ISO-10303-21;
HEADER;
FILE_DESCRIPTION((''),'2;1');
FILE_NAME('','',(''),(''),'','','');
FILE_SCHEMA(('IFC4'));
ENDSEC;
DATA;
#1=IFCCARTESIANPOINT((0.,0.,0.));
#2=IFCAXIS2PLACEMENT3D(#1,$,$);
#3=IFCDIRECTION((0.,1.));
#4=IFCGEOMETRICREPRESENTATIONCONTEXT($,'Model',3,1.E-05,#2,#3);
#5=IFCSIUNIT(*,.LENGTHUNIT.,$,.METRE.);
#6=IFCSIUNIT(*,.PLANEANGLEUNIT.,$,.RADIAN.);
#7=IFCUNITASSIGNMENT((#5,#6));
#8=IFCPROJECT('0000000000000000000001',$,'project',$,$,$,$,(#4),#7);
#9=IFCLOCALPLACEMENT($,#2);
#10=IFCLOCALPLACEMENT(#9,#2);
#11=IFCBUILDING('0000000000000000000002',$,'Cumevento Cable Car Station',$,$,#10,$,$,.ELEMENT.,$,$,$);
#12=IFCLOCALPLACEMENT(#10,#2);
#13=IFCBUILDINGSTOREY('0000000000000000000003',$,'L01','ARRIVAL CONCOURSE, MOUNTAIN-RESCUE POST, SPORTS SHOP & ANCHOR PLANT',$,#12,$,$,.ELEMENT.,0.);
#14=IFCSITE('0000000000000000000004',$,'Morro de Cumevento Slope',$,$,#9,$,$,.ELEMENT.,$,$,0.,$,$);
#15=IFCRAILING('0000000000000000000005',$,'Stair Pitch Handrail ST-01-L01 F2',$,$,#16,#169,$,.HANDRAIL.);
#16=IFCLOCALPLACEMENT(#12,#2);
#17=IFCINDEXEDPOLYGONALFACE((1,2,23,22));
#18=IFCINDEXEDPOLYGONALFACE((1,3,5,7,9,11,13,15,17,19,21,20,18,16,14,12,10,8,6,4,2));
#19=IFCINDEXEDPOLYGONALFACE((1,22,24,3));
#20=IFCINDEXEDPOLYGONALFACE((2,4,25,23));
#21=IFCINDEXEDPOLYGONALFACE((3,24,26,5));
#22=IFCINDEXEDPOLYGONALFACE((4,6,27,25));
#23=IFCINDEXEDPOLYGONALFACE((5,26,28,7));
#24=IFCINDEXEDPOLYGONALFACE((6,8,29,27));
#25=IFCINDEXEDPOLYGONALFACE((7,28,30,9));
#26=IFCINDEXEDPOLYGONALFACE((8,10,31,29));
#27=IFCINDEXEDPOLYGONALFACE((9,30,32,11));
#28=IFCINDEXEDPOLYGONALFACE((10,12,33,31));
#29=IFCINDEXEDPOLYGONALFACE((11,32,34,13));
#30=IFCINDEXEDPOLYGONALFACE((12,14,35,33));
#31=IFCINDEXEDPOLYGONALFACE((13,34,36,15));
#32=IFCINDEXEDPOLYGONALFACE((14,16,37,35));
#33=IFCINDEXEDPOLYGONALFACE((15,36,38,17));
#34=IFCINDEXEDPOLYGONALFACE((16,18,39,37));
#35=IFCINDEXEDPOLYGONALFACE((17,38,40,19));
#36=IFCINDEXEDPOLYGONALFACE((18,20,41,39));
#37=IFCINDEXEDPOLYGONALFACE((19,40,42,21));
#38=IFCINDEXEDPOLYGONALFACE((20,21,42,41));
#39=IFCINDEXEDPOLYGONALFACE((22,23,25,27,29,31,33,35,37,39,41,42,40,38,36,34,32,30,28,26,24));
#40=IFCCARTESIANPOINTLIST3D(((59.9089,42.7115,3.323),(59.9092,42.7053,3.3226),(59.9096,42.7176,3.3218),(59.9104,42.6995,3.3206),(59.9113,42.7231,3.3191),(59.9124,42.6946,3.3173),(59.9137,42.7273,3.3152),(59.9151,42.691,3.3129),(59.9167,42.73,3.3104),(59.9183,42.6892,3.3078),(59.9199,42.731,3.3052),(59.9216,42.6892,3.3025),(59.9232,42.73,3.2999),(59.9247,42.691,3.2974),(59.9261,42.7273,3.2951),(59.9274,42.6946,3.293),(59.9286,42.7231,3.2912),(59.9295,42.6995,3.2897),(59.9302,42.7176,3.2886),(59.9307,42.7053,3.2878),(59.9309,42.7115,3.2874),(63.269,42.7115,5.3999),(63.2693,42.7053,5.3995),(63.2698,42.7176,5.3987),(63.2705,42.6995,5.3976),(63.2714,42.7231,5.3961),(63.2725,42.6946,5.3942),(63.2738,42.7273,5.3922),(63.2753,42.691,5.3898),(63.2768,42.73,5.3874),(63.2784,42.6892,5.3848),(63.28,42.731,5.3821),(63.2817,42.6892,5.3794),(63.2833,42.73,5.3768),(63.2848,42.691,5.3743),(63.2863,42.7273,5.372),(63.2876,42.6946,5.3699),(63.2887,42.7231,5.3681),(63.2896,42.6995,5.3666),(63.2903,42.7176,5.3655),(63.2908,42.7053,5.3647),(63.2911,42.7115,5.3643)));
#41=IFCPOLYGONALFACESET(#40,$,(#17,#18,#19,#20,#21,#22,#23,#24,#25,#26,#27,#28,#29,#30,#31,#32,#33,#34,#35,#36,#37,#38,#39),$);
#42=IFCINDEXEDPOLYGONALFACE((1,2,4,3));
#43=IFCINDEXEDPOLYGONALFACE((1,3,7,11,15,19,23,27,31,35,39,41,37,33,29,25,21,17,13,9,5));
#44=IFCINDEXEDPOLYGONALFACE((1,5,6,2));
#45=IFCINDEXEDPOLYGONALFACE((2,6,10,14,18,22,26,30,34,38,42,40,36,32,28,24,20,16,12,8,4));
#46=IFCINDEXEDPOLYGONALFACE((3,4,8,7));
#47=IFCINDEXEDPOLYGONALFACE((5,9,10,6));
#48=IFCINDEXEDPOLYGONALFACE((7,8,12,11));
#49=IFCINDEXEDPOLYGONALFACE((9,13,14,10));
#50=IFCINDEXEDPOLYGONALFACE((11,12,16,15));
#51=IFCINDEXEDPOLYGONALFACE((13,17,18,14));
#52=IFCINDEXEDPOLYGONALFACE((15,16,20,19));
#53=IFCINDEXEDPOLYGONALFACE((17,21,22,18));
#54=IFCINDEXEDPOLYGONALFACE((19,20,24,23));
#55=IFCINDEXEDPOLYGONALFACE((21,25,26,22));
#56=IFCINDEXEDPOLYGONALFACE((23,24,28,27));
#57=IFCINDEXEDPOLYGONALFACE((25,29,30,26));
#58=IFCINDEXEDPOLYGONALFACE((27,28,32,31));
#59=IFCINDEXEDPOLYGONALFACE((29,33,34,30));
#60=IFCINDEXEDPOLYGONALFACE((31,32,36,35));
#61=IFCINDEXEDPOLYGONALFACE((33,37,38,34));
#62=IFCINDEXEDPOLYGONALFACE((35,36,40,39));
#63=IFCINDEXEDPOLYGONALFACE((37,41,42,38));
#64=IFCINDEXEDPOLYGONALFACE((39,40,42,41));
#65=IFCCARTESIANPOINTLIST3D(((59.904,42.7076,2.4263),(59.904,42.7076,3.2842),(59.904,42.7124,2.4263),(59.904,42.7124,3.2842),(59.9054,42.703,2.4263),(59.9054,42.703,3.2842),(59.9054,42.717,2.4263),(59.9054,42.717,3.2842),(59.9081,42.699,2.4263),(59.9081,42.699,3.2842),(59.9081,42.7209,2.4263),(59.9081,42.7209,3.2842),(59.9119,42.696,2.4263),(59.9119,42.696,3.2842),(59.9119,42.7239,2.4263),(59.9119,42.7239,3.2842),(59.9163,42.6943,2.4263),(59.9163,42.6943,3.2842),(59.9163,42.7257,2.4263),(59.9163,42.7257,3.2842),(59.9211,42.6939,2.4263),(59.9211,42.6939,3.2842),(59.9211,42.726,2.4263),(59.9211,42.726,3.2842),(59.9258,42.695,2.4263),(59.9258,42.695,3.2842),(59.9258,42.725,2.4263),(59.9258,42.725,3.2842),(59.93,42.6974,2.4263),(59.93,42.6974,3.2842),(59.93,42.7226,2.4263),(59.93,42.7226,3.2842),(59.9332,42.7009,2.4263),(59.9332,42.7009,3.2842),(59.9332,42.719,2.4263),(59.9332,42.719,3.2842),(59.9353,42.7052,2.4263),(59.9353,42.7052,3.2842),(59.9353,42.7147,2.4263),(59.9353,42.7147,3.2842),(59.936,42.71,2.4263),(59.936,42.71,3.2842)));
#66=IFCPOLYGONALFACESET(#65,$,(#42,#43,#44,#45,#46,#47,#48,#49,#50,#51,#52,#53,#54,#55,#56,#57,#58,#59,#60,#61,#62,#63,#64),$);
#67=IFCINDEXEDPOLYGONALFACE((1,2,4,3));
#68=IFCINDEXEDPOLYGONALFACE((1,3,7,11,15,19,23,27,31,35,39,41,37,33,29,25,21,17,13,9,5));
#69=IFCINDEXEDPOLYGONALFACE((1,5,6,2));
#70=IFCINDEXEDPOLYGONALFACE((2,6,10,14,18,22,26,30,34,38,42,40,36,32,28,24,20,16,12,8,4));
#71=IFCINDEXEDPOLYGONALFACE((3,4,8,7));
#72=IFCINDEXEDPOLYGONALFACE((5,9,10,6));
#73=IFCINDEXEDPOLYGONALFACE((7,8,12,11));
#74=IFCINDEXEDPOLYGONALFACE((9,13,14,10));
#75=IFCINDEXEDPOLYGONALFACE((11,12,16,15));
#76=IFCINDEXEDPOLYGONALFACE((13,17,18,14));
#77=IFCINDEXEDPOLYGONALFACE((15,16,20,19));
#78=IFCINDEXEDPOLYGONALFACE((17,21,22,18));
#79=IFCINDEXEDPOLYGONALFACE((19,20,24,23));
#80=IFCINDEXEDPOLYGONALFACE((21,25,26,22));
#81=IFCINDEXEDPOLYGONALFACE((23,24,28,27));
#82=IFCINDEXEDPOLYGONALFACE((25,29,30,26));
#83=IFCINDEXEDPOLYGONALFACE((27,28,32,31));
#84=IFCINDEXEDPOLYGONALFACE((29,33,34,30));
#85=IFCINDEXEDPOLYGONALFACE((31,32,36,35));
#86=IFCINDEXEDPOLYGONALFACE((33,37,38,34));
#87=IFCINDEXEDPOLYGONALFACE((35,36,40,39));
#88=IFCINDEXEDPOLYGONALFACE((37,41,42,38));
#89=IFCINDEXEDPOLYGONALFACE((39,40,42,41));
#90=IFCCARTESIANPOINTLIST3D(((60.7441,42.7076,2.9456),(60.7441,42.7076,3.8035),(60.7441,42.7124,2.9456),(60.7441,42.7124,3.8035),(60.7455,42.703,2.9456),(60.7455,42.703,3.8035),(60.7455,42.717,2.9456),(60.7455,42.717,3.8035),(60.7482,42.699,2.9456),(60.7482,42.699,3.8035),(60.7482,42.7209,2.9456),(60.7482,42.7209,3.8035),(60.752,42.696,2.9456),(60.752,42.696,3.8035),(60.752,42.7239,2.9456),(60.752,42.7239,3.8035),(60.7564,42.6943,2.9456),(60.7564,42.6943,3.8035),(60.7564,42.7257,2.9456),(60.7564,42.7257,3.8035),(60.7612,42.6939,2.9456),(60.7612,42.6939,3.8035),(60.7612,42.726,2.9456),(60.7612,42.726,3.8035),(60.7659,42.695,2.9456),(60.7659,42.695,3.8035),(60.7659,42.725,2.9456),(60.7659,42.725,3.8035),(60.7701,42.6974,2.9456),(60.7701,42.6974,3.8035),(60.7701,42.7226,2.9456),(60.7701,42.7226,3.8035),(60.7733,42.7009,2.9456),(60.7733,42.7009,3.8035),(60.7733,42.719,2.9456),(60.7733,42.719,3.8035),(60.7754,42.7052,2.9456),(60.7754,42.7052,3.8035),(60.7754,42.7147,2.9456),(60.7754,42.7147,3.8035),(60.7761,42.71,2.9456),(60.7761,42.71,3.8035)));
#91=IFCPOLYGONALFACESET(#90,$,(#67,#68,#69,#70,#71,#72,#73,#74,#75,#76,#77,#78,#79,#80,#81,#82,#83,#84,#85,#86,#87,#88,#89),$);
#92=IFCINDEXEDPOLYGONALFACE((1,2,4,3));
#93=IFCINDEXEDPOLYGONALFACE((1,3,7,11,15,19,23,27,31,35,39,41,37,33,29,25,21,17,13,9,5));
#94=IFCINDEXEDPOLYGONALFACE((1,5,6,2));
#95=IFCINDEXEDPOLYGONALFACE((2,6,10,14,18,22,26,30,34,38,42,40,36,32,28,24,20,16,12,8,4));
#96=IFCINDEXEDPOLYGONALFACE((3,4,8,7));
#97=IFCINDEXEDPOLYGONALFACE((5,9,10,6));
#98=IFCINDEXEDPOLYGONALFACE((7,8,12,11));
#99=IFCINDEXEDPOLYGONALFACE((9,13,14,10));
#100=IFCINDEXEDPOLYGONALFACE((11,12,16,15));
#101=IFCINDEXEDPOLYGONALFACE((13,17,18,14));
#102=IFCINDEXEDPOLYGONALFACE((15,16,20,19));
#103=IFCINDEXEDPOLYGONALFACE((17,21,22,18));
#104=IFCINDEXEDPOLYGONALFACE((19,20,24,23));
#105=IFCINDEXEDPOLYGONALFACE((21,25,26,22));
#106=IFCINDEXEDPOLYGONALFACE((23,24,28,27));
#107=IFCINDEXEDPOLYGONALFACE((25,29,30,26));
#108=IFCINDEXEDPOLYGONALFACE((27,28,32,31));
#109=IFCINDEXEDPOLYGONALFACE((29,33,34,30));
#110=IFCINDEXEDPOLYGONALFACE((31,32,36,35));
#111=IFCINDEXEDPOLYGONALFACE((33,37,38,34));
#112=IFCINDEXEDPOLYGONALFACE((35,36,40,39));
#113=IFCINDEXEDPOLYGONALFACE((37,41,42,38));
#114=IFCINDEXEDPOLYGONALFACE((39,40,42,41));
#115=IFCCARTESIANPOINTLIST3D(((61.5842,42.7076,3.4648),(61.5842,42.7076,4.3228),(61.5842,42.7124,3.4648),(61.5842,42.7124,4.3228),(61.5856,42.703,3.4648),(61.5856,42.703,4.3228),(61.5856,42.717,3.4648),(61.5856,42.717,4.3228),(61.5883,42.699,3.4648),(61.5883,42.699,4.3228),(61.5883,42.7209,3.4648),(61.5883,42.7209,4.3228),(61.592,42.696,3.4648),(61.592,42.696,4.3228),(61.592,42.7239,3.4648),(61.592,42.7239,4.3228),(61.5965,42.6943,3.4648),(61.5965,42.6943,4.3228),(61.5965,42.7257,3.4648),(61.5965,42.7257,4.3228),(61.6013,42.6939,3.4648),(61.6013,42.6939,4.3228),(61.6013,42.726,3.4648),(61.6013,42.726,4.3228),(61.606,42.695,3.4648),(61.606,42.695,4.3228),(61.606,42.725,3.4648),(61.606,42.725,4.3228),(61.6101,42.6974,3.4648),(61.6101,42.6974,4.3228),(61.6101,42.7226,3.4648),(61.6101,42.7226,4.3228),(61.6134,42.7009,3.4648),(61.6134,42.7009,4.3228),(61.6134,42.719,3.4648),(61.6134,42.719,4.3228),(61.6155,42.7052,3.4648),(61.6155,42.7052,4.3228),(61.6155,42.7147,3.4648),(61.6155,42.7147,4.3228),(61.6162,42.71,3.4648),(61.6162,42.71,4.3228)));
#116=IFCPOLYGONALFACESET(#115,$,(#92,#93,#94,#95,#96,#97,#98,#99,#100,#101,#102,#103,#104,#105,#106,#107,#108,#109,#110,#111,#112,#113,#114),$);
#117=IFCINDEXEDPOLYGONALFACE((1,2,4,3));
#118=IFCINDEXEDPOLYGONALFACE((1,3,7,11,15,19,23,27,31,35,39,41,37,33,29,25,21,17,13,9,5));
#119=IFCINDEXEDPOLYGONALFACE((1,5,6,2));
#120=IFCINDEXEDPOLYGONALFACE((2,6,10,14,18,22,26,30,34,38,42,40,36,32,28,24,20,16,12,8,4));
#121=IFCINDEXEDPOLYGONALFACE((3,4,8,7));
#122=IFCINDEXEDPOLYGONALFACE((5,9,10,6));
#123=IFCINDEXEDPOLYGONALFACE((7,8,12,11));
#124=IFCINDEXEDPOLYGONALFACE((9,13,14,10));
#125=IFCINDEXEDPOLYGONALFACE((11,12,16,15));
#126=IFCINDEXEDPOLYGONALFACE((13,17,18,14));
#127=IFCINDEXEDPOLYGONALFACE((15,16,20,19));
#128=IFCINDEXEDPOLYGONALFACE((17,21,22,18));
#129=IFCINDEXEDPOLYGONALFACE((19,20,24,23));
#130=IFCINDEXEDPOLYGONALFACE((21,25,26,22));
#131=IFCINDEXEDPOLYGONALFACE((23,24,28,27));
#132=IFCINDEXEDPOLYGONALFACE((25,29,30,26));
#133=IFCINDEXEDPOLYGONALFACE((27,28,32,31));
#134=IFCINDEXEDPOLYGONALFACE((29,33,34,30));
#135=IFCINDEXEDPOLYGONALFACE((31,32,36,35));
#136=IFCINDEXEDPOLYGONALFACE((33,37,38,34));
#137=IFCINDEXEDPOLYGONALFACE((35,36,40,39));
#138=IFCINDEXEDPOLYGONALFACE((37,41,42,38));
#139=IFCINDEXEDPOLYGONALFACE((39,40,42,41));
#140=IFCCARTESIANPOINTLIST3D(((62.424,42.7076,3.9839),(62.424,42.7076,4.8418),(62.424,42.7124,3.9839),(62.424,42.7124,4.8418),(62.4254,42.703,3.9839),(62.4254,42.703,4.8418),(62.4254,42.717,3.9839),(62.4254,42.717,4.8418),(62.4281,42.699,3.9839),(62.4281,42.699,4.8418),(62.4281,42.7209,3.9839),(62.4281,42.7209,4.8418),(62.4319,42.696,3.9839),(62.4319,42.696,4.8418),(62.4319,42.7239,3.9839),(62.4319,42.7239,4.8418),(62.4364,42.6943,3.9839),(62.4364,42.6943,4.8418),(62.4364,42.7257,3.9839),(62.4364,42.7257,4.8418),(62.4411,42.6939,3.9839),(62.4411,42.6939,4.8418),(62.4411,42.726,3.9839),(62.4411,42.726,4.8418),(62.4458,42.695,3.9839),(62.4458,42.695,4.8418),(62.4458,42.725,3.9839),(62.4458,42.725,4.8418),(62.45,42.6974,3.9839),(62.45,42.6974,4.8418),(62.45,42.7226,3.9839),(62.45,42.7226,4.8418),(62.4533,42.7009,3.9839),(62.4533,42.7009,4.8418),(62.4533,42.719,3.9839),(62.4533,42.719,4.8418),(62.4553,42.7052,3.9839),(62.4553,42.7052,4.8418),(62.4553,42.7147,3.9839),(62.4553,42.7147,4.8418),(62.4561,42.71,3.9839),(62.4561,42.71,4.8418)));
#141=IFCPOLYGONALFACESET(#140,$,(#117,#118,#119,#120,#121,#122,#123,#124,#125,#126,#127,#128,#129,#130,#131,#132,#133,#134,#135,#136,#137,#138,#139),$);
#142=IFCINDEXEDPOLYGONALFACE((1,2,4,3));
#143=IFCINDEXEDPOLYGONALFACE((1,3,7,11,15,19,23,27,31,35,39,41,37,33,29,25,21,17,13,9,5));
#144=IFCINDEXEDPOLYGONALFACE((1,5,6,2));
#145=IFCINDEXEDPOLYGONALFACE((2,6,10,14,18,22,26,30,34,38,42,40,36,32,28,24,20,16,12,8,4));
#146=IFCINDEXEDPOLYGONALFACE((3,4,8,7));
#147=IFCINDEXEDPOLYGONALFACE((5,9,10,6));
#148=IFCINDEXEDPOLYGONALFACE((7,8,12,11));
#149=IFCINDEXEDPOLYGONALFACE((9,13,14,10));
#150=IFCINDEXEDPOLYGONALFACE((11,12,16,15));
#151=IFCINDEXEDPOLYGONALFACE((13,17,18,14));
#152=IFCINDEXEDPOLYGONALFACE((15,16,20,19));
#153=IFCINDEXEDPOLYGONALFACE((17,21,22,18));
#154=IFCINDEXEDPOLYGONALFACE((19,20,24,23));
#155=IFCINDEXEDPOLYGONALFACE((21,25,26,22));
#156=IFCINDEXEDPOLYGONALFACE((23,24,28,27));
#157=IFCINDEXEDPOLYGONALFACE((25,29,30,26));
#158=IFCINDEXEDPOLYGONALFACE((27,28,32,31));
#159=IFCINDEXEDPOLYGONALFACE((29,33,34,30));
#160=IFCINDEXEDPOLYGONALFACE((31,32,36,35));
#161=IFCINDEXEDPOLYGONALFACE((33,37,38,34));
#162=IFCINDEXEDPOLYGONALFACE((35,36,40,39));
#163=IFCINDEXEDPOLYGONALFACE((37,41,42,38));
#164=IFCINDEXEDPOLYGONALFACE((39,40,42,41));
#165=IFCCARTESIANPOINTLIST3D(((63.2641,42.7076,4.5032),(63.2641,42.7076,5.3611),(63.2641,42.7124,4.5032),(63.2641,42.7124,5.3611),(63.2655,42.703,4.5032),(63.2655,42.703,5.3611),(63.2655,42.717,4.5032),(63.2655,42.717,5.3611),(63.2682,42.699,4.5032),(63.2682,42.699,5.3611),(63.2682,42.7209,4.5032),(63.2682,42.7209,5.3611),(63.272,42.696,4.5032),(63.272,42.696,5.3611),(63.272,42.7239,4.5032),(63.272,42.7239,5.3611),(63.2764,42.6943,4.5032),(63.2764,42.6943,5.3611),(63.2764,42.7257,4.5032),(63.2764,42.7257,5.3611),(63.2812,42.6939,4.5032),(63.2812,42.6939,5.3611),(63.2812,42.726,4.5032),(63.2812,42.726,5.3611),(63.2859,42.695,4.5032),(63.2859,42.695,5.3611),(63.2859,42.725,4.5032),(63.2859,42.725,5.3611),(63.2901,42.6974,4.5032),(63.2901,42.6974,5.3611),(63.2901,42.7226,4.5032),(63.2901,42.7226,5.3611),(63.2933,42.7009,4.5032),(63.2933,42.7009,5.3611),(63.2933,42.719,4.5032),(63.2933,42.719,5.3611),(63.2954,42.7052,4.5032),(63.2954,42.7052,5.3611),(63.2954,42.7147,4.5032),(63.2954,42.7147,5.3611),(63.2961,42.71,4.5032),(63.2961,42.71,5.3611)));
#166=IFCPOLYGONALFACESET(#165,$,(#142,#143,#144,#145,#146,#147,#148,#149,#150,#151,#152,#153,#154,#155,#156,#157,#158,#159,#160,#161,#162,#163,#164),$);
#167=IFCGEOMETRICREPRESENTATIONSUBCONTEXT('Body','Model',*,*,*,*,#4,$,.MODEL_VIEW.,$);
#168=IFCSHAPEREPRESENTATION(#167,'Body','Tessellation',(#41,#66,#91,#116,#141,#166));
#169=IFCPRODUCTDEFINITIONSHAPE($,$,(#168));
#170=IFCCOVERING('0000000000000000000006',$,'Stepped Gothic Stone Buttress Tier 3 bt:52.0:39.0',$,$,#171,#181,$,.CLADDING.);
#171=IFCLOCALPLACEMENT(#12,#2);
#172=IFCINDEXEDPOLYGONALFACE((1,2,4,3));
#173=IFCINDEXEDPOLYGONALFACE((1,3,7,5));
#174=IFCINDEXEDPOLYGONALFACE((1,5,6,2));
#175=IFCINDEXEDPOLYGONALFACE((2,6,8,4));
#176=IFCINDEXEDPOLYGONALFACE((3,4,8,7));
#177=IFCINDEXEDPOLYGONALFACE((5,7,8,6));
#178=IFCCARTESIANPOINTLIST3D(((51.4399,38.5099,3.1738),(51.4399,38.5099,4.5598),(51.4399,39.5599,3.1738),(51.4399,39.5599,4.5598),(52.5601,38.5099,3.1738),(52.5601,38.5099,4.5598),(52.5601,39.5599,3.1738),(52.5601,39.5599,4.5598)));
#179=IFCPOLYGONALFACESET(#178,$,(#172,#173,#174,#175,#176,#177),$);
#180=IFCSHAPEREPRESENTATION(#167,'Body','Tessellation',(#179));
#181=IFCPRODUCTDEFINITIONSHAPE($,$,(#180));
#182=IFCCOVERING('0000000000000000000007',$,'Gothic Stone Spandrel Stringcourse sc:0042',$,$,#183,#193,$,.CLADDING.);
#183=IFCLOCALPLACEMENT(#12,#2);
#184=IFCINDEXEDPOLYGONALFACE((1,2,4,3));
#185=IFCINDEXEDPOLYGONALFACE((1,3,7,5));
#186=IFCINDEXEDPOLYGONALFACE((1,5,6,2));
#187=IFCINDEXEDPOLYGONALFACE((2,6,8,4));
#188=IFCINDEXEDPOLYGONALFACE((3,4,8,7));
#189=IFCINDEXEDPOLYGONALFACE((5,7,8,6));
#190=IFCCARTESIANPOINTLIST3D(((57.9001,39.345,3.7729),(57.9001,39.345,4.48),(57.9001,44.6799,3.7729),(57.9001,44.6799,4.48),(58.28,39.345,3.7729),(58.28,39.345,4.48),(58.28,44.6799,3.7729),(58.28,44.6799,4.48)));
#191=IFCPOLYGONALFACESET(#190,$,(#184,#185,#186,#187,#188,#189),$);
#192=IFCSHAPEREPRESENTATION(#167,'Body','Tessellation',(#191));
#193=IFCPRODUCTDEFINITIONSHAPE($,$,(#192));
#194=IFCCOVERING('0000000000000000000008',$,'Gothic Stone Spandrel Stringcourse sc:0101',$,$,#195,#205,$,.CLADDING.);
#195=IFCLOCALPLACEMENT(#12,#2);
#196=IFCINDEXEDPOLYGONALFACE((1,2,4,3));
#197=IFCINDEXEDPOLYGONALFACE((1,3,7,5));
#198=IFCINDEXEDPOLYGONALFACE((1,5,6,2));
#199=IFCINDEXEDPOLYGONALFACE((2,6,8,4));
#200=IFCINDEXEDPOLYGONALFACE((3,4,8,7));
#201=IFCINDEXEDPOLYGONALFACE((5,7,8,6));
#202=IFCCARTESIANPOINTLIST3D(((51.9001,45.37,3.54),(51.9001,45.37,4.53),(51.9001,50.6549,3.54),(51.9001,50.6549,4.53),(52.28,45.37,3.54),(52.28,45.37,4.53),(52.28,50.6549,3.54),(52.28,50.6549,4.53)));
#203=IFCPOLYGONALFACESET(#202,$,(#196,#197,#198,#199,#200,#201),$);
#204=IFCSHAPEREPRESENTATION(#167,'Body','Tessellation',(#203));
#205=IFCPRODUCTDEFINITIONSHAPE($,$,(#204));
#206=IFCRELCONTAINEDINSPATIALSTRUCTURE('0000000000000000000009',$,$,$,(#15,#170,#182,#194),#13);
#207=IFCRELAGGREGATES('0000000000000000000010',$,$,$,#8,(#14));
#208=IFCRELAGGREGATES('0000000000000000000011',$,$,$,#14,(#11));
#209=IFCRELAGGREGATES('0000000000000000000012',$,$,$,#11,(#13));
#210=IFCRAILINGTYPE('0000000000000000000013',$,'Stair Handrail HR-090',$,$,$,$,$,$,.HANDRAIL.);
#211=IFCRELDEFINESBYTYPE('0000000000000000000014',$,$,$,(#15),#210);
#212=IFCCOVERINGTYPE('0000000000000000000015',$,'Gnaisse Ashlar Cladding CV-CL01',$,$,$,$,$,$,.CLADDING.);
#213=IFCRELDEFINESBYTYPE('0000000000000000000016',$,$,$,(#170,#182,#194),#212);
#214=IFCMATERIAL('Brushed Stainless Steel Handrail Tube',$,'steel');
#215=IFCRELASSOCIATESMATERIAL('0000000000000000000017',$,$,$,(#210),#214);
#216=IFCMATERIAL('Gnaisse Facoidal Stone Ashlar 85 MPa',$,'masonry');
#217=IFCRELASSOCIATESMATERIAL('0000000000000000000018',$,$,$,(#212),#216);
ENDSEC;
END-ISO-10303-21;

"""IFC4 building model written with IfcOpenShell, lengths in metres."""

from ifc_helpers import new_model, si_unit, direction, frame, origin, origin_2d, place, context, subcontext, project, spatial, rectangle, circle, extrude, material, type_object, element, save


model = new_model("IFC4")

# Units and contexts
model_context = context("Model", 3, precision=1e-05, world=origin(), true_north=direction((0.0, 1.0)))
body_context = subcontext(model_context, "Body", "Model", "MODEL_VIEW")
ifc_project = project(units=[si_unit("LENGTHUNIT", "METRE"), si_unit("PLANEANGLEUNIT", "RADIAN")], contexts=[model_context])

# Site, building, storey
site_placement = place(None, origin())
site = spatial("IfcSite", under=ifc_project, at=site_placement, Name="Morro de Cumevento Slope", CompositionType="ELEMENT", RefElevation=0.0)
building_placement = place(site_placement, origin())
building = spatial("IfcBuilding", under=site, at=building_placement, Name="Cumevento Cable Car Station", CompositionType="ELEMENT")
storey_placement = place(building_placement, origin())
storey = spatial("IfcBuildingStorey", under=building, at=storey_placement, Name="L01", Description="ARRIVAL CONCOURSE, MOUNTAIN-RESCUE POST, SPORTS SHOP & ANCHOR PLANT", CompositionType="ELEMENT", Elevation=0.0)

# Railing
ifc_material_1 = material(Name="Brushed Stainless Steel Handrail Tube", Category="steel")
railing_type_1 = type_object("IfcRailingType", Name="Stair Handrail HR-090", PredefinedType="HANDRAIL", material=ifc_material_1)
railing_1_placement = place(storey_placement, frame((59.9199, 42.71, 2.4263)))
element("IfcRailing", 1, at=railing_1_placement, inside=storey, type_object=railing_type_1, Name="Stair Pitch Handrail ST-01-L01 F2", PredefinedType="HANDRAIL", context=body_context, shape_type="SweptSolid", body=[
    extrude(circle(Radius=0.021, at=origin_2d()), frame((0.0, 0.0, 0.8789), z_axis=(0.850623, 0.0, 0.525776), x_axis=(0.0, 1.0, 0.0)), (0.0, 0.0, 1.0), 3.9502),
    extrude(circle(Radius=0.0161, at=origin_2d()), origin(), (0.0, 0.0, 1.0), 0.8579),
    extrude(circle(Radius=0.0161, at=origin_2d()), frame((0.8401, 0.0, 0.5193)), (0.0, 0.0, 1.0), 0.8579),
    extrude(circle(Radius=0.0161, at=origin_2d()), frame((1.6802, 0.0, 1.0386)), (0.0, 0.0, 1.0), 0.8579),
    extrude(circle(Radius=0.0161, at=origin_2d()), frame((2.52, 0.0, 1.5576)), (0.0, 0.0, 1.0), 0.8579),
    extrude(circle(Radius=0.0161, at=origin_2d()), frame((3.3601, 0.0, 2.0769)), (0.0, 0.0, 1.0), 0.8579),
])

# Coverings
ifc_material_2 = material(Name="Gnaisse Facoidal Stone Ashlar 85 MPa", Category="masonry")
covering_type = type_object("IfcCoveringType", Name="Gnaisse Ashlar Cladding CV-CL01", PredefinedType="CLADDING", material=ifc_material_2)
covering_1_placement = place(storey_placement, frame((52.0, 39.0349, 3.1738), z_axis=(0.0, 0.0, 1.0), x_axis=(1.0, 0.0, 0.0)))
element("IfcCovering", 2, at=covering_1_placement, inside=storey, type_object=covering_type, Name="Stepped Gothic Stone Buttress Tier 3 bt:52.0:39.0", PredefinedType="CLADDING", context=body_context, shape_type="SweptSolid", body=[
    extrude(rectangle(XDim=1.1201, YDim=1.05, at=origin_2d()), origin(), (0.0, 0.0, 1.0), 1.386),
])
covering_2_placement = place(storey_placement, frame((58.0901, 42.0125, 3.7729), z_axis=(0.0, 0.0, 1.0), x_axis=(0.0, 1.0, 0.0)))
element("IfcCovering", 3, at=covering_2_placement, inside=storey, type_object=covering_type, Name="Gothic Stone Spandrel Stringcourse sc:0042", PredefinedType="CLADDING", context=body_context, shape_type="SweptSolid", body=[
    extrude(rectangle(XDim=5.335, YDim=0.3799, at=origin_2d()), origin(), (0.0, 0.0, 1.0), 0.707),
])
covering_3_placement = place(storey_placement, frame((52.0901, 48.0125, 3.54), z_axis=(0.0, 0.0, 1.0), x_axis=(0.0, 1.0, 0.0)))
element("IfcCovering", 4, at=covering_3_placement, inside=storey, type_object=covering_type, Name="Gothic Stone Spandrel Stringcourse sc:0101", PredefinedType="CLADDING", context=body_context, shape_type="SweptSolid", body=[
    extrude(rectangle(XDim=5.2849, YDim=0.3799, at=origin_2d()), origin(), (0.0, 0.0, 1.0), 0.99),
])

save(model, "model.ifc")
